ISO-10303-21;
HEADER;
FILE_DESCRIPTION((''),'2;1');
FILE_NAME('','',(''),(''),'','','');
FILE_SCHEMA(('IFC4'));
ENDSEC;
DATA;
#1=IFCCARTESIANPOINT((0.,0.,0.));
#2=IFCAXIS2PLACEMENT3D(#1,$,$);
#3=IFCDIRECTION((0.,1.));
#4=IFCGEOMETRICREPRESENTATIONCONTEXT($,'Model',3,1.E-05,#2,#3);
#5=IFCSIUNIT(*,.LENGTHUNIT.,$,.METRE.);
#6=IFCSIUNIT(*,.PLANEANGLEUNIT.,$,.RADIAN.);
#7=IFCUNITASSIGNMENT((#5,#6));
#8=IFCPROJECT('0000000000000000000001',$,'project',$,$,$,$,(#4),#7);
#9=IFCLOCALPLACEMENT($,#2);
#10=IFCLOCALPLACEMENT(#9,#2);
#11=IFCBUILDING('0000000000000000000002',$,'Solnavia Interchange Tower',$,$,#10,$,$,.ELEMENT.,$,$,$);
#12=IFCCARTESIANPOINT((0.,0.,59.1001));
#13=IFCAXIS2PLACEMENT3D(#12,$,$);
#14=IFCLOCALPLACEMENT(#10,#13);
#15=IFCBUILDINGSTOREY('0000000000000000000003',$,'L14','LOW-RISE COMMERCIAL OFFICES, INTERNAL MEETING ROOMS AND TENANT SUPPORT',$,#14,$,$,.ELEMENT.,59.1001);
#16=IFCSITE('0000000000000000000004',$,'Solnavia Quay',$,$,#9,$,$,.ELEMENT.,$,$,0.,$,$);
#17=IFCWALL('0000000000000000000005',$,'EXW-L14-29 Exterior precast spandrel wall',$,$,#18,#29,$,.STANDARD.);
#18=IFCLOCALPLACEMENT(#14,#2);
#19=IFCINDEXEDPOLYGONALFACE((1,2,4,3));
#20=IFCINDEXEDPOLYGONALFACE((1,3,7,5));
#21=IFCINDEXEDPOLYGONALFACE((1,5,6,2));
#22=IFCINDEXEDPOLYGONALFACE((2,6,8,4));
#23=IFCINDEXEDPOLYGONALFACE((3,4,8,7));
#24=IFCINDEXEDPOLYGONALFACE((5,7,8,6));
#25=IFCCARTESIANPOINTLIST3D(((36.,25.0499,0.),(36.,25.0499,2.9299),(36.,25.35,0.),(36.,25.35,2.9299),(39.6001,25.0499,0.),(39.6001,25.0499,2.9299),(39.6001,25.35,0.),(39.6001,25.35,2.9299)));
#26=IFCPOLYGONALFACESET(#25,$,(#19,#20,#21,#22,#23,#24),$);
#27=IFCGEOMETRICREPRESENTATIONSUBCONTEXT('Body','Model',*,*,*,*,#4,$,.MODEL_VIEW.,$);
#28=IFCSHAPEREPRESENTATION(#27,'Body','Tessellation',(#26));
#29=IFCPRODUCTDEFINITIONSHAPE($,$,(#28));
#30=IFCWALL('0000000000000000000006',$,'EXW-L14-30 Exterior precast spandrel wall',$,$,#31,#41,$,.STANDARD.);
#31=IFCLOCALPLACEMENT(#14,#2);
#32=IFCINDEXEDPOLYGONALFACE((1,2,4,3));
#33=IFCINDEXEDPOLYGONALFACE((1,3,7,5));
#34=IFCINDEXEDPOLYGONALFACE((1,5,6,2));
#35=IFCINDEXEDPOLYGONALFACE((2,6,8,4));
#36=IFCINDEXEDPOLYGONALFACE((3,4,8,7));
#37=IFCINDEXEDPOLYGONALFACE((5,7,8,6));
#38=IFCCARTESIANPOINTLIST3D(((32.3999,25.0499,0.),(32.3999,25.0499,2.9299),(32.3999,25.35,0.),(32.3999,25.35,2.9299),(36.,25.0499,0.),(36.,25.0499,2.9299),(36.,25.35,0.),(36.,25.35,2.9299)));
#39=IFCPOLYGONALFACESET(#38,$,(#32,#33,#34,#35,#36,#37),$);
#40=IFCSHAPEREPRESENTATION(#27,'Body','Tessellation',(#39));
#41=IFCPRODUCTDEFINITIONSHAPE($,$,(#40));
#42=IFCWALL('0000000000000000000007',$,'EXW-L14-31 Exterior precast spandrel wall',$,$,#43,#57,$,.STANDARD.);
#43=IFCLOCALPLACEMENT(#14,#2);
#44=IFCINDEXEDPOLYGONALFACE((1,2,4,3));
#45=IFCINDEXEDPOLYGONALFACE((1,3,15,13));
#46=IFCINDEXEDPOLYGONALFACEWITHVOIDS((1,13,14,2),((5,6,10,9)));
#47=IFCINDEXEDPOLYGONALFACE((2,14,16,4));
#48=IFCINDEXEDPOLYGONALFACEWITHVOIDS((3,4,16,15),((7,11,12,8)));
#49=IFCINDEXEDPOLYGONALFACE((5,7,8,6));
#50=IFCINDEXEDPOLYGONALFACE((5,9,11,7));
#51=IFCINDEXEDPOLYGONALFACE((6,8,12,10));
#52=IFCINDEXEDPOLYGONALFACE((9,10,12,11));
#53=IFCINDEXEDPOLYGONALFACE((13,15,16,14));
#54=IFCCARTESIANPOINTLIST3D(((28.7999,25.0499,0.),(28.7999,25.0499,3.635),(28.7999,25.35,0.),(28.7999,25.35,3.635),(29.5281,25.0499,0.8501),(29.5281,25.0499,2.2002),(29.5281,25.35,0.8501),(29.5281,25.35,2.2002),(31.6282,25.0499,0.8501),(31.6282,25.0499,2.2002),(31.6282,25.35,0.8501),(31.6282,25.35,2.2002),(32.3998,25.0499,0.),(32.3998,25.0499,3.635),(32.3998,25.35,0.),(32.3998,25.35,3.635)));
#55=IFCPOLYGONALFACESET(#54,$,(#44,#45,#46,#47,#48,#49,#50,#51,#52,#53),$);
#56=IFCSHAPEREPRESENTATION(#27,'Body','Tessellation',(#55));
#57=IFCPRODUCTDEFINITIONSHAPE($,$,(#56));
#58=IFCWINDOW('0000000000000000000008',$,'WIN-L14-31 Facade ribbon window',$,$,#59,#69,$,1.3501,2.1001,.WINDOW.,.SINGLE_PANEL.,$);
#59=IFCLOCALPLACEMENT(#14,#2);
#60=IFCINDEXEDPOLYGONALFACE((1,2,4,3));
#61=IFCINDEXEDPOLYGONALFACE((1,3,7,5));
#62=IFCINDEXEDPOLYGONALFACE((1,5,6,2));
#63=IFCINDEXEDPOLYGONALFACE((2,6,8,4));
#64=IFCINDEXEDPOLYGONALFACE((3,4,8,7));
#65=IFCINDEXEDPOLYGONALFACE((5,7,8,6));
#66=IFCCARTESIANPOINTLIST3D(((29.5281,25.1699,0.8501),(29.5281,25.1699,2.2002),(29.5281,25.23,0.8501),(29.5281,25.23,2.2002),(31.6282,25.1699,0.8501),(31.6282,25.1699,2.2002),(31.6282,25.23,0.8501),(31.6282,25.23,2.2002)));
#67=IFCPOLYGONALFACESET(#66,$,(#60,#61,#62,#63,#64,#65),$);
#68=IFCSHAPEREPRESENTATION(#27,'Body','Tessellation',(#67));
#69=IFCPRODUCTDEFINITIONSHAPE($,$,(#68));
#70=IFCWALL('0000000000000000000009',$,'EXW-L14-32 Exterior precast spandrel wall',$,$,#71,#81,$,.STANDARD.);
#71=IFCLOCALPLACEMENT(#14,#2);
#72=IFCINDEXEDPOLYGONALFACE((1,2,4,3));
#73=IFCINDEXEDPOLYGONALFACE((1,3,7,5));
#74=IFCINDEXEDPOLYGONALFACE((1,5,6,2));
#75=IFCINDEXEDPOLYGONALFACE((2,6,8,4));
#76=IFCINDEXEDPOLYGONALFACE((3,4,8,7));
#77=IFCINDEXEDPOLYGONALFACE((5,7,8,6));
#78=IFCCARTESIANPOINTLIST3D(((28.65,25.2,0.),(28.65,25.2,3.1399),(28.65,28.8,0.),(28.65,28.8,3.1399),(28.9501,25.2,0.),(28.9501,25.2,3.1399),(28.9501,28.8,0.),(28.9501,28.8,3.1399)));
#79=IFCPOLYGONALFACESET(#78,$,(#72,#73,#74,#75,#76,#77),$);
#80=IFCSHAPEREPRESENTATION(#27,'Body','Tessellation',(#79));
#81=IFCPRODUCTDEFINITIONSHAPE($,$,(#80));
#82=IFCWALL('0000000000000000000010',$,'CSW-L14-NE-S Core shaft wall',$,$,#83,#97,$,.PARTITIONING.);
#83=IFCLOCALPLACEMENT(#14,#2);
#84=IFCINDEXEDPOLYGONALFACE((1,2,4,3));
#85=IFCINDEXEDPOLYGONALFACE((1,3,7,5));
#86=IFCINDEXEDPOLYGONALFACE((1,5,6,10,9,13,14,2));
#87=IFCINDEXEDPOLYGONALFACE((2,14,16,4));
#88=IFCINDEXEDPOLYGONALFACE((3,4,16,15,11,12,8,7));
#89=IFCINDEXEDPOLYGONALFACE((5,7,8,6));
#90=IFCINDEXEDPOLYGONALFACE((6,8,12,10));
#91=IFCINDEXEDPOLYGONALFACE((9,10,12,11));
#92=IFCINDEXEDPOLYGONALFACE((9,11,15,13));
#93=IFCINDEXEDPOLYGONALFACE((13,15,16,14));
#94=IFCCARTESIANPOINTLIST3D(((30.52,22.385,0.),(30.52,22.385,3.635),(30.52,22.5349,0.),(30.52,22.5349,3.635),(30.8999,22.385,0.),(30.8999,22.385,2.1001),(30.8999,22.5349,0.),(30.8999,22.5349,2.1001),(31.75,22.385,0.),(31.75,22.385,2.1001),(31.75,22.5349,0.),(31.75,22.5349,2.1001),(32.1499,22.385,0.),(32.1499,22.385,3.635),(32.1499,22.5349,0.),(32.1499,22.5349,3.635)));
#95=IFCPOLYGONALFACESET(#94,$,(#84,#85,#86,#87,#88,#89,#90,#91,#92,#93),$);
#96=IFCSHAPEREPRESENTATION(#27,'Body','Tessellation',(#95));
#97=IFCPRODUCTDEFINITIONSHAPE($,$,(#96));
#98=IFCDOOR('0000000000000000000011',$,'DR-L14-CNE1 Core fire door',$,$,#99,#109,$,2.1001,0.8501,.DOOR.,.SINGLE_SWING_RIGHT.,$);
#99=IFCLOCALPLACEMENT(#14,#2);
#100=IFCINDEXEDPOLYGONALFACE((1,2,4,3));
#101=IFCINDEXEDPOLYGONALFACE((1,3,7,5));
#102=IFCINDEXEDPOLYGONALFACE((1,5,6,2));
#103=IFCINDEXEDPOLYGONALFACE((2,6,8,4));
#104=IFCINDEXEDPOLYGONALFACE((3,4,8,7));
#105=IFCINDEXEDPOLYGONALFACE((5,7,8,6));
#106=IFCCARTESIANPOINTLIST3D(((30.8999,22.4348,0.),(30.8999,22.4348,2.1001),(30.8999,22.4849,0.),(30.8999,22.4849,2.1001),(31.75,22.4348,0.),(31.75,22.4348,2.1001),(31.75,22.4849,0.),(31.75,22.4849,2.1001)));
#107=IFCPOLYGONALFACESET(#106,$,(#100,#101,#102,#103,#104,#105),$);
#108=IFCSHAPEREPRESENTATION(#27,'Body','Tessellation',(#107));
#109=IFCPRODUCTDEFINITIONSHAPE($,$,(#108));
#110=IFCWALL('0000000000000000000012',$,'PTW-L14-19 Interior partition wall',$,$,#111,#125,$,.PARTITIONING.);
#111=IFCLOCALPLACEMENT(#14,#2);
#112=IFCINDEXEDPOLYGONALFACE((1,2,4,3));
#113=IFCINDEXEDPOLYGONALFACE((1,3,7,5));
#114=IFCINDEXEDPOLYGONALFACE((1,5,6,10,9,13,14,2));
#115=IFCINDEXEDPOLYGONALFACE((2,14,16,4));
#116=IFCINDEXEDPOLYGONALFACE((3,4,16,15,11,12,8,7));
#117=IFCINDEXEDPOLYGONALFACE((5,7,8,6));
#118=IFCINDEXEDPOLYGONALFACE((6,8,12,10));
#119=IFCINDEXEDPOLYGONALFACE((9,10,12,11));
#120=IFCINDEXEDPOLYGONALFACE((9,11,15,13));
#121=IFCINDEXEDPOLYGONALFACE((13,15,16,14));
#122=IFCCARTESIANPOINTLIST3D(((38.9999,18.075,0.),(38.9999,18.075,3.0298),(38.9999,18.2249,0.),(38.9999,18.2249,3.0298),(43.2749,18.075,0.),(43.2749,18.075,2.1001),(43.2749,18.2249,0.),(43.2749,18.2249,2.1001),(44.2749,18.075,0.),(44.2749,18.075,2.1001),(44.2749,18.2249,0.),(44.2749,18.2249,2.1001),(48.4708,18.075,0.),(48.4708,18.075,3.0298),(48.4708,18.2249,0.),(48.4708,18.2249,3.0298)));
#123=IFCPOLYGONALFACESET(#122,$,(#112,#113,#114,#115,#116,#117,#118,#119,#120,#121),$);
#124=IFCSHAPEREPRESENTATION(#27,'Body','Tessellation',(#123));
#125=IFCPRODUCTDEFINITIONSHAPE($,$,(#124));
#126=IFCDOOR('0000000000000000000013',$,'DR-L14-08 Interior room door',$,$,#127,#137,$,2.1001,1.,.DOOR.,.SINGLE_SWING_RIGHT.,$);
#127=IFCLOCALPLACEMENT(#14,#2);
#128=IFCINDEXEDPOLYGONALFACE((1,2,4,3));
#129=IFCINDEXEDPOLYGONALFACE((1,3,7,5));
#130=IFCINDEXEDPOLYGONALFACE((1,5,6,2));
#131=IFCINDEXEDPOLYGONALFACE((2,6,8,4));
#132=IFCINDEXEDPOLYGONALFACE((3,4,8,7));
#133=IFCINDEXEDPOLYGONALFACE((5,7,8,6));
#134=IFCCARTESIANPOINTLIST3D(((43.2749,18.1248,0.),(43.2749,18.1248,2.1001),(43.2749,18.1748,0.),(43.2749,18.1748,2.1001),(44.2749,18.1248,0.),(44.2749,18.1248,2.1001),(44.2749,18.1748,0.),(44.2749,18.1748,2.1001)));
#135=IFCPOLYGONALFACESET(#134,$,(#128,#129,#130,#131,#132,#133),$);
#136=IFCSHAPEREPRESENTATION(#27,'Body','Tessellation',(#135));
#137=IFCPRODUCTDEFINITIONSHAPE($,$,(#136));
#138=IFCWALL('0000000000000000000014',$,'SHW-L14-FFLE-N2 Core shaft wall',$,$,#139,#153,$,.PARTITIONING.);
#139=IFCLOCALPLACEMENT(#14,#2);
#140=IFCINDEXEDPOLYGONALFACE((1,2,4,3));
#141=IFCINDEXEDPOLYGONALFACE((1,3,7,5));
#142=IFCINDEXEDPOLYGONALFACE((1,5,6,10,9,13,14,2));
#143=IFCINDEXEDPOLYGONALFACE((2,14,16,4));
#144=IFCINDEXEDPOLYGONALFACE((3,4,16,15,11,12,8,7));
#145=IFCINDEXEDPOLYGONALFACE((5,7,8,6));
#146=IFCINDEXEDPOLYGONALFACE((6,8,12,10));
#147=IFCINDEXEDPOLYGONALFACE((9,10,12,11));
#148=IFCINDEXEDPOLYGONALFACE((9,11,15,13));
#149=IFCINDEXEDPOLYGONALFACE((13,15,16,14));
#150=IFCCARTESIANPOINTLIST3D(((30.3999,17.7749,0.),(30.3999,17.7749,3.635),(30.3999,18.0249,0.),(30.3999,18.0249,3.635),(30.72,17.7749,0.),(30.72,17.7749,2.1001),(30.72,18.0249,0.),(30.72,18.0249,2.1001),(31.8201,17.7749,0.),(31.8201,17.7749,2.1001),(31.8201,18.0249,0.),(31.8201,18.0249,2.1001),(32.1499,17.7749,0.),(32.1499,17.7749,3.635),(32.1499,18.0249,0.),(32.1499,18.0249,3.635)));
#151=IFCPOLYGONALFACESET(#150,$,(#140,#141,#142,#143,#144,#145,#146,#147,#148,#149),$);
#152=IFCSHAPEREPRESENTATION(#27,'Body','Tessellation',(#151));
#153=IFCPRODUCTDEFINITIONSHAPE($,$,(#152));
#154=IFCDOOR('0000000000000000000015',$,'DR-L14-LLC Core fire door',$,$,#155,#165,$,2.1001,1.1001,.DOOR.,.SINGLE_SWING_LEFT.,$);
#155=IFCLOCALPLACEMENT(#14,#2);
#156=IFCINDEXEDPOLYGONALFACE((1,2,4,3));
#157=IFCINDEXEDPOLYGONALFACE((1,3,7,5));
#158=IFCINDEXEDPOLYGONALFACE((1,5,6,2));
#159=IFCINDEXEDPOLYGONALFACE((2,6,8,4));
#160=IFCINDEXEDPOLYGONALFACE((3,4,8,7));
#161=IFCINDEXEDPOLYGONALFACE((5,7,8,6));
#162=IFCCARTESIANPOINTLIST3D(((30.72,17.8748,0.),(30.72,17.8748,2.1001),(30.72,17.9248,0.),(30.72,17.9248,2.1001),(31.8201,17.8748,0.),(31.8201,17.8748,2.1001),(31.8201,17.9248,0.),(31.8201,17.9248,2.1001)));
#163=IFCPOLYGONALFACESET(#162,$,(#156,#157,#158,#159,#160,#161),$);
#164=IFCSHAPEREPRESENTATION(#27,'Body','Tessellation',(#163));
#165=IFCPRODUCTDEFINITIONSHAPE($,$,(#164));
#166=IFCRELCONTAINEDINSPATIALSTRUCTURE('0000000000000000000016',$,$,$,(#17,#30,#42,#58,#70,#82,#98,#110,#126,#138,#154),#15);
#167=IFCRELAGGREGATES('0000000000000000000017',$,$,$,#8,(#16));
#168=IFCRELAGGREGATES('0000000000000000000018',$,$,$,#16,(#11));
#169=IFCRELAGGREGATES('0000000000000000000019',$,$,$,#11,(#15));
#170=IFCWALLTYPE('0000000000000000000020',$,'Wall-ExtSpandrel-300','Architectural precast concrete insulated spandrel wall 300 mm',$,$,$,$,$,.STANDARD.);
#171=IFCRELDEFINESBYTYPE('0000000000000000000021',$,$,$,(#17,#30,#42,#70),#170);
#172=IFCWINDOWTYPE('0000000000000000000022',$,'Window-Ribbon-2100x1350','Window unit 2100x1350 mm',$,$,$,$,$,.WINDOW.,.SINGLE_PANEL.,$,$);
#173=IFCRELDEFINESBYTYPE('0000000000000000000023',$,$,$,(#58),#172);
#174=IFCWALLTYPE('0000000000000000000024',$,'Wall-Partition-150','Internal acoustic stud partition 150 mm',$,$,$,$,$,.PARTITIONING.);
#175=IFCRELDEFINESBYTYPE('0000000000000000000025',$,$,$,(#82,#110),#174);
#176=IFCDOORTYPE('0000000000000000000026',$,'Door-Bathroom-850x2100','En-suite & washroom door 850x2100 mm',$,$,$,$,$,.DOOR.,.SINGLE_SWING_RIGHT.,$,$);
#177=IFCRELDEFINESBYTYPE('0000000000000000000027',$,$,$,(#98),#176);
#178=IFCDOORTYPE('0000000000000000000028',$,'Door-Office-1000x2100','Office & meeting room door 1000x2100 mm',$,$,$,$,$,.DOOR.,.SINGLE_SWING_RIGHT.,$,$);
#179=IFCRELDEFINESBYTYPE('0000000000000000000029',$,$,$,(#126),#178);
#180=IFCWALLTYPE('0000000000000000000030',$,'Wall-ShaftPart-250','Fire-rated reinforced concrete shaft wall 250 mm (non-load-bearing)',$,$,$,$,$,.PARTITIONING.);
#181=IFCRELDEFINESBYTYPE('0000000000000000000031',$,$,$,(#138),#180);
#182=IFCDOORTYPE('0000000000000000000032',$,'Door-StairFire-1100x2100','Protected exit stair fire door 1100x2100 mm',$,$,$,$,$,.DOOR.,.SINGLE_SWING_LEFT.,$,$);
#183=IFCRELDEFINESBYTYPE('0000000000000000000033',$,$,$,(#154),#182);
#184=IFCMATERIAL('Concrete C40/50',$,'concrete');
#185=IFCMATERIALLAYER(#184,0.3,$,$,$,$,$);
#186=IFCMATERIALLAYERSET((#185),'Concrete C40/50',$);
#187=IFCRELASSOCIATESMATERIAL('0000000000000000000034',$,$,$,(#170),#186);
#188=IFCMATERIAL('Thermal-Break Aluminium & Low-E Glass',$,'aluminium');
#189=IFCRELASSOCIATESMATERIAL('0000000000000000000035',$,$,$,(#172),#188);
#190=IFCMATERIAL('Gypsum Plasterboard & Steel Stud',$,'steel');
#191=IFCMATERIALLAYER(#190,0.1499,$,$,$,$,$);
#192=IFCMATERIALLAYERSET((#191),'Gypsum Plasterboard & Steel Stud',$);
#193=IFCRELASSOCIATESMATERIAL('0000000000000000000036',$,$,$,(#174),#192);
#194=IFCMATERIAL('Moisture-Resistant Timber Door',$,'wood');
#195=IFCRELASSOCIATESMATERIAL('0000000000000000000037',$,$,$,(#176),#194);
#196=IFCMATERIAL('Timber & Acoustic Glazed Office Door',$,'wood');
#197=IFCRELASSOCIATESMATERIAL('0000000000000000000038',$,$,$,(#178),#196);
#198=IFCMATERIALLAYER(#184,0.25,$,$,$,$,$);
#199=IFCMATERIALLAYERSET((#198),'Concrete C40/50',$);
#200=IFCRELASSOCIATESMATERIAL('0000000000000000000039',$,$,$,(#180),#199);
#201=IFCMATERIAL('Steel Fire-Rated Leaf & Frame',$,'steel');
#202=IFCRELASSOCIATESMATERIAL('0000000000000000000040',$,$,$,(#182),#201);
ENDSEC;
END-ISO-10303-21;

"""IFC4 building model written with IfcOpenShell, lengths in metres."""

from ifc_helpers import new_model, si_unit, direction, frame, frame_2d, origin, place, context, subcontext, project, spatial, rectangle, extrude, material, layer, layer_set, type_object, element, fill, save


model = new_model("IFC4")

# Units and contexts
model_context = context("Model", 3, precision=1e-05, world=origin(), true_north=direction((0.0, 1.0)))
body_context = subcontext(model_context, "Body", "Model", "MODEL_VIEW")
ifc_project = project(units=[si_unit("LENGTHUNIT", "METRE"), si_unit("PLANEANGLEUNIT", "RADIAN")], contexts=[model_context])

# Site, building, storey
site_placement = place(None, origin())
site = spatial("IfcSite", under=ifc_project, at=site_placement, Name="Solnavia Quay", CompositionType="ELEMENT", RefElevation=0.0)
building_placement = place(site_placement, origin())
building = spatial("IfcBuilding", under=site, at=building_placement, Name="Solnavia Interchange Tower", CompositionType="ELEMENT")
storey_placement = place(building_placement, frame((0.0, 0.0, 59.1001)))
storey = spatial("IfcBuildingStorey", under=building, at=storey_placement, Name="L14", Description="LOW-RISE COMMERCIAL OFFICES, INTERNAL MEETING ROOMS AND TENANT SUPPORT", CompositionType="ELEMENT", Elevation=59.1001)

# Walls
ifc_material_1 = material(Name="Concrete C40/50", Category="concrete")
ifc_layer_1 = layer(ifc_material_1, 0.3)
ifc_layer_set_1 = layer_set([ifc_layer_1], Name="Concrete C40/50")
wall_type_1 = type_object("IfcWallType", Name="Wall-ExtSpandrel-300", Description="Architectural precast concrete insulated spandrel wall 300 mm", PredefinedType="STANDARD", material=ifc_layer_set_1)
for number, where, z_axis, x_axis, name in (
    (1, (36.0, 25.2, 0.0), (0.0, 0.0, 1.0), (1.0, 0.0, 0.0), "EXW-L14-29 Exterior precast spandrel wall"),
    (2, (32.3999, 25.2, 0.0), (0.0, 0.0, 1.0), (1.0, 0.0, 0.0), "EXW-L14-30 Exterior precast spandrel wall"),
):
    element("IfcWall", number, at=place(storey_placement, frame(where, z_axis=z_axis, x_axis=x_axis)), inside=storey, type_object=wall_type_1, Name=name, PredefinedType="STANDARD", context=body_context, shape_type="SweptSolid", body=[
        extrude(rectangle(XDim=3.6001, YDim=0.3, at=frame_2d((1.8, 0.0))), origin(), (0.0, 0.0, 1.0), 2.9299),
    ])

# Wall, opening, window
wall_1_placement = place(storey_placement, frame((28.8, 25.2, 0.0), z_axis=(0.0, 0.0, 1.0), x_axis=(1.0, 0.0, 0.0)))
wall_1 = element("IfcWall", 3, at=wall_1_placement, inside=storey, type_object=wall_type_1, Name="EXW-L14-31 Exterior precast spandrel wall", PredefinedType="STANDARD", context=body_context, shape_type="SweptSolid", body=[
    extrude(rectangle(XDim=3.5999, YDim=0.3, at=frame_2d((1.7998, 0.0))), origin(), (0.0, 0.0, 1.0), 3.635),
])
opening_1_placement = place(wall_1_placement, frame((0.728, 0.0, 0.8501)))
opening_1 = element("IfcOpeningElement", 4, at=opening_1_placement, cuts=wall_1, PredefinedType="OPENING", context=body_context, shape_type="SweptSolid", body=[
    extrude(rectangle(XDim=2.1001, YDim=1.3501, at=frame_2d((1.05, 0.675))), frame((0.0, 0.1602, 0.0), z_axis=(0.0, -1.0, 0.0), x_axis=(1.0, 0.0, 0.0)), (0.0, 0.0, 1.0), 0.3201),
])
ifc_material_2 = material(Name="Thermal-Break Aluminium & Low-E Glass", Category="aluminium")
window_type = type_object("IfcWindowType", Name="Window-Ribbon-2100x1350", Description="Window unit 2100x1350 mm", PartitioningType="SINGLE_PANEL", PredefinedType="WINDOW", material=ifc_material_2)
window_placement = place(opening_1_placement, origin())
window = element("IfcWindow", 5, at=window_placement, inside=storey, type_object=window_type, Name="WIN-L14-31 Facade ribbon window", OverallHeight=1.3501, OverallWidth=2.1001, PartitioningType="SINGLE_PANEL", PredefinedType="WINDOW", context=body_context, shape_type="SweptSolid", body=[
    extrude(rectangle(XDim=2.1001, YDim=1.3501, at=frame_2d((1.05, 0.675))), frame((0.0, 0.03, 0.0), z_axis=(0.0, -1.0, 0.0), x_axis=(1.0, 0.0, 0.0)), (0.0, 0.0, 1.0), 0.0601),
])
fill(opening_1, window)

# Wall
wall_2_placement = place(storey_placement, frame((28.8, 25.2, 0.0), z_axis=(0.0, 0.0, 1.0), x_axis=(0.0, 1.0, 0.0)))
element("IfcWall", 6, at=wall_2_placement, inside=storey, type_object=wall_type_1, Name="EXW-L14-32 Exterior precast spandrel wall", PredefinedType="STANDARD", context=body_context, shape_type="SweptSolid", body=[
    extrude(rectangle(XDim=3.6001, YDim=0.3, at=frame_2d((1.8, 0.0))), origin(), (0.0, 0.0, 1.0), 3.1399),
])

# Walls, openings, doors
ifc_material_3 = material(Name="Gypsum Plasterboard & Steel Stud", Category="steel")
ifc_layer_2 = layer(ifc_material_3, 0.1499)
ifc_layer_set_2 = layer_set([ifc_layer_2], Name="Gypsum Plasterboard & Steel Stud")
wall_type_2 = type_object("IfcWallType", Name="Wall-Partition-150", Description="Internal acoustic stud partition 150 mm", PredefinedType="PARTITIONING", material=ifc_layer_set_2)
wall_3_placement = place(storey_placement, frame((30.52, 22.46, 0.0), z_axis=(0.0, 0.0, 1.0), x_axis=(1.0, 0.0, 0.0)))
wall_3 = element("IfcWall", 7, at=wall_3_placement, inside=storey, type_object=wall_type_2, Name="CSW-L14-NE-S Core shaft wall", PredefinedType="PARTITIONING", context=body_context, shape_type="SweptSolid", body=[
    extrude(rectangle(XDim=1.6299, YDim=0.1499, at=frame_2d((0.8149, 0.0))), origin(), (0.0, 0.0, 1.0), 3.635),
])
opening_2_placement = place(wall_3_placement, frame((0.3799, 0.0, 0.0)))
opening_2 = element("IfcOpeningElement", 8, at=opening_2_placement, cuts=wall_3, PredefinedType="OPENING", context=body_context, shape_type="SweptSolid", body=[
    extrude(rectangle(XDim=0.8501, YDim=2.1001, at=frame_2d((0.425, 1.05))), frame((0.0, 0.085, 0.0), z_axis=(0.0, -1.0, 0.0), x_axis=(1.0, 0.0, 0.0)), (0.0, 0.0, 1.0), 0.1699),
])
ifc_material_4 = material(Name="Moisture-Resistant Timber Door", Category="wood")
door_type_1 = type_object("IfcDoorType", Name="Door-Bathroom-850x2100", Description="En-suite & washroom door 850x2100 mm", OperationType="SINGLE_SWING_RIGHT", PredefinedType="DOOR", material=ifc_material_4)
door_1_placement = place(opening_2_placement, origin())
door_1 = element("IfcDoor", 9, at=door_1_placement, inside=storey, type_object=door_type_1, Name="DR-L14-CNE1 Core fire door", OperationType="SINGLE_SWING_RIGHT", OverallHeight=2.1001, OverallWidth=0.8501, PredefinedType="DOOR", context=body_context, shape_type="SweptSolid", body=[
    extrude(rectangle(XDim=0.8501, YDim=2.1001, at=frame_2d((0.425, 1.05))), frame((0.0, 0.0249, 0.0), z_axis=(0.0, -1.0, 0.0), x_axis=(1.0, 0.0, 0.0)), (0.0, 0.0, 1.0), 0.05),
])
fill(opening_2, door_1)
wall_4_placement = place(storey_placement, frame((39.0, 18.1499, 0.0), z_axis=(0.0, 0.0, 1.0), x_axis=(1.0, 0.0, 0.0)))
wall_4 = element("IfcWall", 10, at=wall_4_placement, inside=storey, type_object=wall_type_2, Name="PTW-L14-19 Interior partition wall", PredefinedType="PARTITIONING", context=body_context, shape_type="SweptSolid", body=[
    extrude(rectangle(XDim=9.4709, YDim=0.1499, at=frame_2d((4.7354, 0.0))), origin(), (0.0, 0.0, 1.0), 3.0298),
])
opening_3_placement = place(wall_4_placement, frame((4.2749, 0.0, 0.0)))
opening_3 = element("IfcOpeningElement", 11, at=opening_3_placement, cuts=wall_4, PredefinedType="OPENING", context=body_context, shape_type="SweptSolid", body=[
    extrude(rectangle(XDim=1.0, YDim=2.1001, at=frame_2d((0.5, 1.05))), frame((0.0, 0.085, 0.0), z_axis=(0.0, -1.0, 0.0), x_axis=(1.0, 0.0, 0.0)), (0.0, 0.0, 1.0), 0.1699),
])
ifc_material_5 = material(Name="Timber & Acoustic Glazed Office Door", Category="wood")
door_type_2 = type_object("IfcDoorType", Name="Door-Office-1000x2100", Description="Office & meeting room door 1000x2100 mm", OperationType="SINGLE_SWING_RIGHT", PredefinedType="DOOR", material=ifc_material_5)
door_2_placement = place(opening_3_placement, origin())
door_2 = element("IfcDoor", 12, at=door_2_placement, inside=storey, type_object=door_type_2, Name="DR-L14-08 Interior room door", OperationType="SINGLE_SWING_RIGHT", OverallHeight=2.1001, OverallWidth=1.0, PredefinedType="DOOR", context=body_context, shape_type="SweptSolid", body=[
    extrude(rectangle(XDim=1.0, YDim=2.1001, at=frame_2d((0.5, 1.05))), frame((0.0, 0.0249, 0.0), z_axis=(0.0, -1.0, 0.0), x_axis=(1.0, 0.0, 0.0)), (0.0, 0.0, 1.0), 0.05),
])
fill(opening_3, door_2)
ifc_layer_3 = layer(ifc_material_1, 0.25)
ifc_layer_set_3 = layer_set([ifc_layer_3], Name="Concrete C40/50")
wall_type_3 = type_object("IfcWallType", Name="Wall-ShaftPart-250", Description="Fire-rated reinforced concrete shaft wall 250 mm (non-load-bearing)", PredefinedType="PARTITIONING", material=ifc_layer_set_3)
wall_5_placement = place(storey_placement, frame((30.3999, 17.8999, 0.0), z_axis=(0.0, 0.0, 1.0), x_axis=(1.0, 0.0, 0.0)))
wall_5 = element("IfcWall", 13, at=wall_5_placement, inside=storey, type_object=wall_type_3, Name="SHW-L14-FFLE-N2 Core shaft wall", PredefinedType="PARTITIONING", context=body_context, shape_type="SweptSolid", body=[
    extrude(rectangle(XDim=1.75, YDim=0.25, at=frame_2d((0.875, 0.0))), origin(), (0.0, 0.0, 1.0), 3.635),
])
opening_4_placement = place(wall_5_placement, frame((0.3201, 0.0, 0.0)))
opening_4 = element("IfcOpeningElement", 14, at=opening_4_placement, cuts=wall_5, PredefinedType="OPENING", context=body_context, shape_type="SweptSolid", body=[
    extrude(rectangle(XDim=1.1001, YDim=2.1001, at=frame_2d((0.55, 1.05))), frame((0.0, 0.135, 0.0), z_axis=(0.0, -1.0, 0.0), x_axis=(1.0, 0.0, 0.0)), (0.0, 0.0, 1.0), 0.27),
])
ifc_material_6 = material(Name="Steel Fire-Rated Leaf & Frame", Category="steel")
door_type_3 = type_object("IfcDoorType", Name="Door-StairFire-1100x2100", Description="Protected exit stair fire door 1100x2100 mm", OperationType="SINGLE_SWING_LEFT", PredefinedType="DOOR", material=ifc_material_6)
door_3_placement = place(opening_4_placement, origin())
door_3 = element("IfcDoor", 15, at=door_3_placement, inside=storey, type_object=door_type_3, Name="DR-L14-LLC Core fire door", OperationType="SINGLE_SWING_LEFT", OverallHeight=2.1001, OverallWidth=1.1001, PredefinedType="DOOR", context=body_context, shape_type="SweptSolid", body=[
    extrude(rectangle(XDim=1.1001, YDim=2.1001, at=frame_2d((0.55, 1.05))), frame((0.0, 0.0249, 0.0), z_axis=(0.0, -1.0, 0.0), x_axis=(1.0, 0.0, 0.0)), (0.0, 0.0, 1.0), 0.05),
])
fill(opening_4, door_3)

save(model, "model.ifc")
